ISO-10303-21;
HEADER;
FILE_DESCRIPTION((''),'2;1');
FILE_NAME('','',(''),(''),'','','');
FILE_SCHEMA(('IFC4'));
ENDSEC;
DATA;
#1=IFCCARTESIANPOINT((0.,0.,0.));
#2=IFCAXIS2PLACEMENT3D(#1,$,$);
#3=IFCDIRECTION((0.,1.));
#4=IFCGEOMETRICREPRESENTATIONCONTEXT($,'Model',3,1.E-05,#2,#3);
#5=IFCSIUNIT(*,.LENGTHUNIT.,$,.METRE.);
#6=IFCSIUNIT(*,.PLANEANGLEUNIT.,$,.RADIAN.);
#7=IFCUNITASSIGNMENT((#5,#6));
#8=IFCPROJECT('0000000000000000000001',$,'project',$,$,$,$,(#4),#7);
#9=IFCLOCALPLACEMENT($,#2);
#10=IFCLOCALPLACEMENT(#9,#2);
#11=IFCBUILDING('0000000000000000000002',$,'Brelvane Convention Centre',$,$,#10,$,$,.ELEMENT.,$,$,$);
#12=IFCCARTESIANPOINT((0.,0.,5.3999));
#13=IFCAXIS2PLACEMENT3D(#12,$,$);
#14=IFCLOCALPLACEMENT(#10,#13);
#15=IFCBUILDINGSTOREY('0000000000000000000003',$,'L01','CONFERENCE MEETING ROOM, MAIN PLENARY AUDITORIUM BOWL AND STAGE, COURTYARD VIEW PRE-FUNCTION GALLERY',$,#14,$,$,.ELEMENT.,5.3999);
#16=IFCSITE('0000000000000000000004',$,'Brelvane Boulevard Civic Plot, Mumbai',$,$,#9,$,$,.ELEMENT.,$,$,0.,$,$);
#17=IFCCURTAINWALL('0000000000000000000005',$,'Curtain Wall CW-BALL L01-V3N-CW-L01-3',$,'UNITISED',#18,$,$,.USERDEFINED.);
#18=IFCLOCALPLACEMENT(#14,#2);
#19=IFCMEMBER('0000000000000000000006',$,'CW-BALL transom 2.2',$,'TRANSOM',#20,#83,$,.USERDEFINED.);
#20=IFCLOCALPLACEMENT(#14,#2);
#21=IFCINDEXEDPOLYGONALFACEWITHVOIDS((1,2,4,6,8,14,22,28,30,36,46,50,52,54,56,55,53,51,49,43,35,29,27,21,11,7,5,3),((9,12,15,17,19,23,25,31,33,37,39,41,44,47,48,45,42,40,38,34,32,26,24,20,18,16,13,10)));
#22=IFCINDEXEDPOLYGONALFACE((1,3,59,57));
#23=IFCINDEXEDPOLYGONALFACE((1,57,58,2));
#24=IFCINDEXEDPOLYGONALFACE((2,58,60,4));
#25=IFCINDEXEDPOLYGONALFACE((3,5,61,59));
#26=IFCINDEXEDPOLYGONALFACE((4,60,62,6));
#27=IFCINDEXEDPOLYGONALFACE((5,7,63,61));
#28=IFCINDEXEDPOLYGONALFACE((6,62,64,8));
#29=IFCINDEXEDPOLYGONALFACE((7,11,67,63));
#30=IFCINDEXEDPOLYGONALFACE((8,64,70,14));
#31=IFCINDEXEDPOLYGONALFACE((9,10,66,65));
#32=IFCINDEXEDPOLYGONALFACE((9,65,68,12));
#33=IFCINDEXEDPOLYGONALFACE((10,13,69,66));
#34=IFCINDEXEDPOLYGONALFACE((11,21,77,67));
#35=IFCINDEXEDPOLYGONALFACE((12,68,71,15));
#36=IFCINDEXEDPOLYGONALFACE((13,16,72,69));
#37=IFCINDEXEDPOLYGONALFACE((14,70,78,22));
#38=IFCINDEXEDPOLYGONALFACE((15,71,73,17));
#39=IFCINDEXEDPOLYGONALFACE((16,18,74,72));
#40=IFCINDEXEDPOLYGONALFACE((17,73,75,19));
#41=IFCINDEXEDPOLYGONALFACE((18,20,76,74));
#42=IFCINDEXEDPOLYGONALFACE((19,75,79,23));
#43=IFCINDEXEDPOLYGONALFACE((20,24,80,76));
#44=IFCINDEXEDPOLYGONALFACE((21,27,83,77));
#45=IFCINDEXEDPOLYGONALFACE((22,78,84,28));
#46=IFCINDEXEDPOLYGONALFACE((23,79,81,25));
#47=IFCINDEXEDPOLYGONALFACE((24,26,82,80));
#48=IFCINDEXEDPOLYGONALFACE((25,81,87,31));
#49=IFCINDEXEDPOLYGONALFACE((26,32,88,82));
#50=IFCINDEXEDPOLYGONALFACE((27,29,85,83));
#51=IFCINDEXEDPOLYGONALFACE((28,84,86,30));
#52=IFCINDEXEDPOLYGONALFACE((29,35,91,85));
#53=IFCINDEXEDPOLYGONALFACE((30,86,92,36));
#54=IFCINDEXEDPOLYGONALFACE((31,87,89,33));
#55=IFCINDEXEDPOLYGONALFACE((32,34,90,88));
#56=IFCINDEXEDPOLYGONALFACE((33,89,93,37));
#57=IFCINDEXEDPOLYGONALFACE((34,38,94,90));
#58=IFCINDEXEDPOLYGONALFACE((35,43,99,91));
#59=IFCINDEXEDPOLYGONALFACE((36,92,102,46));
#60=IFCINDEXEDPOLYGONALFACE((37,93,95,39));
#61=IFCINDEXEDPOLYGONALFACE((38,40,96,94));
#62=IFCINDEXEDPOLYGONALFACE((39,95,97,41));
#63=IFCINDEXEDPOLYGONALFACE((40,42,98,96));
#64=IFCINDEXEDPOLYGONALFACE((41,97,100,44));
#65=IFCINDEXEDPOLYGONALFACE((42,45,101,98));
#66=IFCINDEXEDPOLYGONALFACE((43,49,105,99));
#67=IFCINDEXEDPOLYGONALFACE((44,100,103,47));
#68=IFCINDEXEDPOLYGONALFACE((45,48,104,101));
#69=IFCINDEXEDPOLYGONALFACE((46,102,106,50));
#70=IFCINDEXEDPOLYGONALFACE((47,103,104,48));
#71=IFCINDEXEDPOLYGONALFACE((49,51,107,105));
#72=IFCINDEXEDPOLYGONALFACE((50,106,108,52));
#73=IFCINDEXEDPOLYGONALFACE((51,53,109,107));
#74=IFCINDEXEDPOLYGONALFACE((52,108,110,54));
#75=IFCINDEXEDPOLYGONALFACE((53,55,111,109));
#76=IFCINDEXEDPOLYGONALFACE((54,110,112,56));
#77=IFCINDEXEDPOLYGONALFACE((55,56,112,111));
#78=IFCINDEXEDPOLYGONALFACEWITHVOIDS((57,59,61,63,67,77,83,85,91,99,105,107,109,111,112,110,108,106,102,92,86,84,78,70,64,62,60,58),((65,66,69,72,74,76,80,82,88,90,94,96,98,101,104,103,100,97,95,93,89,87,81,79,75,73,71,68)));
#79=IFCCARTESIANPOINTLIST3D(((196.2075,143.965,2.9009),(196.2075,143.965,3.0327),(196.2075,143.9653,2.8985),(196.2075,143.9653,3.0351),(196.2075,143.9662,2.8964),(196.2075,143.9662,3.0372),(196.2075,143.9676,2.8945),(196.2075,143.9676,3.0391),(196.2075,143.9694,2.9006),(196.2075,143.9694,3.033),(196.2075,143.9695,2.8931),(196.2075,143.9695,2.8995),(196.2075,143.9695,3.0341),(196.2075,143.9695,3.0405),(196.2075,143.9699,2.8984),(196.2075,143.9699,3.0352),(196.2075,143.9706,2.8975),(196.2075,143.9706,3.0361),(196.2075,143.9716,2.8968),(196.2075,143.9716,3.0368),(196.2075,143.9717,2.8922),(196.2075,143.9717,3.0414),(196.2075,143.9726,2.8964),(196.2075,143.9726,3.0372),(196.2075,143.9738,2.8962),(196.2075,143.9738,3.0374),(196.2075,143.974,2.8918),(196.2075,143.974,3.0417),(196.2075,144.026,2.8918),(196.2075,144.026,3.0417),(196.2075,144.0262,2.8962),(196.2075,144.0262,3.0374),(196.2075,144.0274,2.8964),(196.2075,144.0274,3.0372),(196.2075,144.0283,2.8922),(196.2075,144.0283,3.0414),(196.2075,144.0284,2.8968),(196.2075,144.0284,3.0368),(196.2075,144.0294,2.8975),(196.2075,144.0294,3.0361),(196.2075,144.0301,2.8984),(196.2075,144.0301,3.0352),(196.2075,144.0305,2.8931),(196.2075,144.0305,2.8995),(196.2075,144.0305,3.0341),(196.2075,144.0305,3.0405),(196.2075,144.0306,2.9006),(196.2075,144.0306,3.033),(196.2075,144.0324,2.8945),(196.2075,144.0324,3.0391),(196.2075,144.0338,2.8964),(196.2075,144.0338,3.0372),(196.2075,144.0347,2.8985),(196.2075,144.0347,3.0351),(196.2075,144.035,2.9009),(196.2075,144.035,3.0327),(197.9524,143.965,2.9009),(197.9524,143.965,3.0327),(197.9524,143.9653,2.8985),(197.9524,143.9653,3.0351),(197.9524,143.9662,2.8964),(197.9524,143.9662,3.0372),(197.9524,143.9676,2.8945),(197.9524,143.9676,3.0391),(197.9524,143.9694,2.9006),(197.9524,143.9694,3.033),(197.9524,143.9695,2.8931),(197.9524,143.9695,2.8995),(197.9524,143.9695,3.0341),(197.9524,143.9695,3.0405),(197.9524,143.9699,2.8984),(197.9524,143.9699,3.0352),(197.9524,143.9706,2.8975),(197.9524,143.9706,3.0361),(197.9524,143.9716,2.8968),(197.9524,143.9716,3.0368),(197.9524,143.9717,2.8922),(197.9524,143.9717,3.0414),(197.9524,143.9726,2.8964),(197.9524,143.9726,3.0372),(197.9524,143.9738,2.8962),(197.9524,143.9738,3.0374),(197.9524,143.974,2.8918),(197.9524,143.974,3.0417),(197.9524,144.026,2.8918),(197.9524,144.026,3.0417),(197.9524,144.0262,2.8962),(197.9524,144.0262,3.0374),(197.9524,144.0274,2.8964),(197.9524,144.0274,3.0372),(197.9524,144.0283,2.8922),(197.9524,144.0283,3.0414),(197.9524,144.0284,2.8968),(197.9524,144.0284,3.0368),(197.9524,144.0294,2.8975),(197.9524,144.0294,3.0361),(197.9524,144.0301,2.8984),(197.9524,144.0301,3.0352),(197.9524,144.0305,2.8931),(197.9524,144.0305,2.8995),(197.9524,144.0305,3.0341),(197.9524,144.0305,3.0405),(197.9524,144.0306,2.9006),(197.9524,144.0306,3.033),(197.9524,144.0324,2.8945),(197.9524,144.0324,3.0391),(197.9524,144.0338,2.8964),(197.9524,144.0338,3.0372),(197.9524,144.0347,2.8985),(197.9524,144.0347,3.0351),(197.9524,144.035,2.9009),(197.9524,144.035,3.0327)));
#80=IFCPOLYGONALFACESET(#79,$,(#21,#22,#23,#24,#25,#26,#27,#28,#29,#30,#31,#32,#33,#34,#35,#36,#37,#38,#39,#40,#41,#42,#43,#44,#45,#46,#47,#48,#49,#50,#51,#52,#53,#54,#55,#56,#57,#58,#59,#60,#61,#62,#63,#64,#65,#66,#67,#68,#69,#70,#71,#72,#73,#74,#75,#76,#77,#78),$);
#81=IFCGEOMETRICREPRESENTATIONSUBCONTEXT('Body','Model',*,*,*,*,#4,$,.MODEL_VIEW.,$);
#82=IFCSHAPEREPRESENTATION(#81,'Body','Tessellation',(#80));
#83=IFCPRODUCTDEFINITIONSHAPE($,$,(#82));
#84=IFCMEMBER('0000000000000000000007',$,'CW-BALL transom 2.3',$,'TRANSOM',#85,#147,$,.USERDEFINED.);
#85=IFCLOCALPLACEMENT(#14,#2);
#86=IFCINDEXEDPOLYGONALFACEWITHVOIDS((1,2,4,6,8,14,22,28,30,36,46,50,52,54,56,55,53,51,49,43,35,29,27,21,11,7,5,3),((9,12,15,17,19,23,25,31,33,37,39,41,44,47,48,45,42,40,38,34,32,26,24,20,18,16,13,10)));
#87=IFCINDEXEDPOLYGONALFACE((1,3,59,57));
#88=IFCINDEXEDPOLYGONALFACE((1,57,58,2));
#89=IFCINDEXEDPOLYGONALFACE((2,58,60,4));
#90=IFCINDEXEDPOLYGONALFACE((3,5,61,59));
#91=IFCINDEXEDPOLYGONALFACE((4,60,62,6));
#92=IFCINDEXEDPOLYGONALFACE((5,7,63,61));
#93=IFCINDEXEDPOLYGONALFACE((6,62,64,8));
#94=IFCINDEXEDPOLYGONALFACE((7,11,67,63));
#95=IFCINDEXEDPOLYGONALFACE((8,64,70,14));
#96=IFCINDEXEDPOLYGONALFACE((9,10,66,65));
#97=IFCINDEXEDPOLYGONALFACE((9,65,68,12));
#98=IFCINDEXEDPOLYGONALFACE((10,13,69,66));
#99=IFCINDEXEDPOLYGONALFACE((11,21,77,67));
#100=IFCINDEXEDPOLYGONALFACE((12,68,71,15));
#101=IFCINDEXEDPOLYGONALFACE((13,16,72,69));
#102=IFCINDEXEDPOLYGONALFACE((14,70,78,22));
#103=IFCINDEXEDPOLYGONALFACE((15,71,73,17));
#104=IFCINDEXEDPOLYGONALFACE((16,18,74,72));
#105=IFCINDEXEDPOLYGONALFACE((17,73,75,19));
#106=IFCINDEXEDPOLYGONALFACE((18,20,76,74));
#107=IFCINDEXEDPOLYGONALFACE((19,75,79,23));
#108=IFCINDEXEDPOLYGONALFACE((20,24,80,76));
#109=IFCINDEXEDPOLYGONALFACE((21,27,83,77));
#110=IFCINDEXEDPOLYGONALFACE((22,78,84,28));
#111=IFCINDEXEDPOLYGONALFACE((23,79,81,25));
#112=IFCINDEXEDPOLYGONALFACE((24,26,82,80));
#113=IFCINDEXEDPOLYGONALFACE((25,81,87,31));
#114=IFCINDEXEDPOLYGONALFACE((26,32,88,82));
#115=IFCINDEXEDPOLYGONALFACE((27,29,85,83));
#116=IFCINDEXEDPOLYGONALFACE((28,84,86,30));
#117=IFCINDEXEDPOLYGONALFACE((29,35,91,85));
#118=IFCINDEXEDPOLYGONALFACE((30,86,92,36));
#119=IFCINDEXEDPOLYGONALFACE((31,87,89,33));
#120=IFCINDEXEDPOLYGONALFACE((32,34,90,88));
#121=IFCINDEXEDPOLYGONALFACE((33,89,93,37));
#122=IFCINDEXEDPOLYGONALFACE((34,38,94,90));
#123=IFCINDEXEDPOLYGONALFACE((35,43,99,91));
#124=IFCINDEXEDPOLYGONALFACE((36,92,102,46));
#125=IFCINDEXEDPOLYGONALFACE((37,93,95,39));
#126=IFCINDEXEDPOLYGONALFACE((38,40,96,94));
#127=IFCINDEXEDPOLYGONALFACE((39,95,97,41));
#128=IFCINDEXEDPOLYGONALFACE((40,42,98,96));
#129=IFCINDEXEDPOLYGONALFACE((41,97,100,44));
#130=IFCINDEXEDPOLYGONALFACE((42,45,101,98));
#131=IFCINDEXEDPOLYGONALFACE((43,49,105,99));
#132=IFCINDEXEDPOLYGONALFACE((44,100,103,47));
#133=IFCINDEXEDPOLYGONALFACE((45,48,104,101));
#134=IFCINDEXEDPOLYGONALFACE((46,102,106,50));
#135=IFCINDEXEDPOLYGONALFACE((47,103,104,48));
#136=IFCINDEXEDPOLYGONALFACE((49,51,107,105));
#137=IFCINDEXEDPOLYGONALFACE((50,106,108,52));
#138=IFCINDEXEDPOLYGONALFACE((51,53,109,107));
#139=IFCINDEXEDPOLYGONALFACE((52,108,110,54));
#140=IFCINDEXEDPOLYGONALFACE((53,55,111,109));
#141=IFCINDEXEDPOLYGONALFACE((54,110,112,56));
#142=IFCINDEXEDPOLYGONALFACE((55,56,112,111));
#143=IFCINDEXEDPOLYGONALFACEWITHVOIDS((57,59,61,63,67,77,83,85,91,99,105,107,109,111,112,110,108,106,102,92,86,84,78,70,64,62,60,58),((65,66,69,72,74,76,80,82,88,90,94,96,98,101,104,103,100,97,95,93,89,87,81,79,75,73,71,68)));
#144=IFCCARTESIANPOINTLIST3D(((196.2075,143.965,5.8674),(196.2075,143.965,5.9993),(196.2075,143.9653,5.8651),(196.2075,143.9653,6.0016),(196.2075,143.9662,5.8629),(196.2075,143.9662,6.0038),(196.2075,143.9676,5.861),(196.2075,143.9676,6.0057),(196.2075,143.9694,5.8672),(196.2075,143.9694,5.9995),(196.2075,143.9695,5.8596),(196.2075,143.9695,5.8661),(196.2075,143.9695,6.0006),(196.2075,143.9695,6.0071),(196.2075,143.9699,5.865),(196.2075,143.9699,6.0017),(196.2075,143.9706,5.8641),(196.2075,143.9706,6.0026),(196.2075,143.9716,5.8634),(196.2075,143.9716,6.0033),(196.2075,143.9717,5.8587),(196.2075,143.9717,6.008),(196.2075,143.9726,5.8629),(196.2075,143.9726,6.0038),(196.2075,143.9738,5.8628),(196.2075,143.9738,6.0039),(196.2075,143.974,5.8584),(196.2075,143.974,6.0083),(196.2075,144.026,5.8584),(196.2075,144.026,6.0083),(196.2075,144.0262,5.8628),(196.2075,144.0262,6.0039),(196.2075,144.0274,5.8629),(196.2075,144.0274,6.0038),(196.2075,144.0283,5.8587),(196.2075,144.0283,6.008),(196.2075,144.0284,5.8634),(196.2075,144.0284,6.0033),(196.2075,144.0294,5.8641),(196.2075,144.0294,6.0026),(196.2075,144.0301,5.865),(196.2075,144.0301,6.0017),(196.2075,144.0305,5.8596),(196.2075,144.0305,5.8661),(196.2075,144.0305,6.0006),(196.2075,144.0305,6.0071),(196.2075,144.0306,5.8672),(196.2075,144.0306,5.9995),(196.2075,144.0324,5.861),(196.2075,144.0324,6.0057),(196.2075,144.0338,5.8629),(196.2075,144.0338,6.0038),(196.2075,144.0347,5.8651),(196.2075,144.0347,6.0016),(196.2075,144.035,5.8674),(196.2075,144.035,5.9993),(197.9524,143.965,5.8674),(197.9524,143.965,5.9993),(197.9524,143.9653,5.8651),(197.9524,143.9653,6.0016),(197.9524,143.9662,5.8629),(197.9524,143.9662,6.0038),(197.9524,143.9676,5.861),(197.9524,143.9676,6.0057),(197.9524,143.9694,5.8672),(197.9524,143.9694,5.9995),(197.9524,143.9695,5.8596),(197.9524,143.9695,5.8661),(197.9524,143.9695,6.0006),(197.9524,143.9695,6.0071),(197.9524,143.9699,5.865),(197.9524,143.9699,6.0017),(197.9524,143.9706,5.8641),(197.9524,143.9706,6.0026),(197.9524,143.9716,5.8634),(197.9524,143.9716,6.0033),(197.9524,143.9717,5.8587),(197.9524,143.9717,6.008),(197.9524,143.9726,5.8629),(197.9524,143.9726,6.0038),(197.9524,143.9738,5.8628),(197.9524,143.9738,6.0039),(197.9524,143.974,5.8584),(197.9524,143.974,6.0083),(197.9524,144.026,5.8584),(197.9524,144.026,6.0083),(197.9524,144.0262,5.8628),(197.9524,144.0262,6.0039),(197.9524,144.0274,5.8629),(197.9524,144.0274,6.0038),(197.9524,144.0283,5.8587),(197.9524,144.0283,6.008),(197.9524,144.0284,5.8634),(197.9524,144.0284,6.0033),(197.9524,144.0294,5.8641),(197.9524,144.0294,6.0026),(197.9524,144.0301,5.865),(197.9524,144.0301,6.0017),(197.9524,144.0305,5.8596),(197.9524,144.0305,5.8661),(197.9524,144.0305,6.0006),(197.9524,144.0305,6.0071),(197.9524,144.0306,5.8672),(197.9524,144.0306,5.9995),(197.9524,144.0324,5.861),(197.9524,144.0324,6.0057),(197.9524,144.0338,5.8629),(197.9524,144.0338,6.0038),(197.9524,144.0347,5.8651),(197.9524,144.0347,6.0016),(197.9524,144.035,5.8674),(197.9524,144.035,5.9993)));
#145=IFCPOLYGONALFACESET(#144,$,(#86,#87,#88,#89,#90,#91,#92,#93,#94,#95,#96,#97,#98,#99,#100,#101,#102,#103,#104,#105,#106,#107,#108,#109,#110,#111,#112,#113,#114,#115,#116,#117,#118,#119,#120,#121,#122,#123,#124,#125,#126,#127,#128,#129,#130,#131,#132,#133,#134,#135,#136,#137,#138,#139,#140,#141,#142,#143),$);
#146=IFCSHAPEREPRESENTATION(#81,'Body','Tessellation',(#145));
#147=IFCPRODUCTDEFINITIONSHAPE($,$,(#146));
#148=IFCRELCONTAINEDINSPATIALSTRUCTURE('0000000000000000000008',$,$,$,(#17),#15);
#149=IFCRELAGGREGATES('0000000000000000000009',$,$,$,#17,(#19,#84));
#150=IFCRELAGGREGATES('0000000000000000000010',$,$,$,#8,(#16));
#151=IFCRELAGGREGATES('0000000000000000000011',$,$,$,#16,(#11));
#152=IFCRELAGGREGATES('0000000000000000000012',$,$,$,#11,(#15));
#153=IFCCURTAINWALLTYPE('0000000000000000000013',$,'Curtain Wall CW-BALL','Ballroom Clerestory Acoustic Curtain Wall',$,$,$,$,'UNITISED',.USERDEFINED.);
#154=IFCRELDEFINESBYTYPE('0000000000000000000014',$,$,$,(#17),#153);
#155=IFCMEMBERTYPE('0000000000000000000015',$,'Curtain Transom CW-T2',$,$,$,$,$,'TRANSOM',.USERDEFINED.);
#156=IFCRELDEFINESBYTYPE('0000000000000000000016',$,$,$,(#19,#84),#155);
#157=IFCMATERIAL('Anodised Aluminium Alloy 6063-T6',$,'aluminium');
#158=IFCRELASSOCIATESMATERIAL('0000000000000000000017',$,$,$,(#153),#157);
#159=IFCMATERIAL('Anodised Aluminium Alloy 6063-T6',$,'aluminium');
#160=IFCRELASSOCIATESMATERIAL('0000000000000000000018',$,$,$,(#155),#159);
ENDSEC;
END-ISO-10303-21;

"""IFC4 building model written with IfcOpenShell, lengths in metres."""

from ifc_helpers import new_model, si_unit, direction, frame, origin, origin_2d, place, context, subcontext, project, spatial, hollow_rectangle, extrude, material, material_profile, profile_set, type_object, element, aggregate, save


model = new_model("IFC4")

# Units and contexts
model_context = context("Model", 3, precision=1e-05, world=origin(), true_north=direction((0.0, 1.0)))
body_context = subcontext(model_context, "Body", "Model", "MODEL_VIEW")
ifc_project = project(units=[si_unit("LENGTHUNIT", "METRE"), si_unit("PLANEANGLEUNIT", "RADIAN")], contexts=[model_context])

# Site, building, storey
site_placement = place(None, origin())
site = spatial("IfcSite", under=ifc_project, at=site_placement, Name="Brelvane Boulevard Civic Plot, Mumbai", CompositionType="ELEMENT", RefElevation=0.0)
building_placement = place(site_placement, origin())
building = spatial("IfcBuilding", under=site, at=building_placement, Name="Brelvane Convention Centre", CompositionType="ELEMENT")
storey_placement = place(building_placement, frame((0.0, 0.0, 5.3999)))
storey = spatial("IfcBuildingStorey", under=building, at=storey_placement, Name="L01", Description="CONFERENCE MEETING ROOM, MAIN PLENARY AUDITORIUM BOWL AND STAGE, COURTYARD VIEW PRE-FUNCTION GALLERY", CompositionType="ELEMENT", Elevation=5.3999)

# Shared definitions
ifc_material_1 = material(Name="Anodised Aluminium Alloy 6063-T6", Category="aluminium")
curtain_wall_type = type_object("IfcCurtainWallType", Name="Curtain Wall CW-BALL", Description="Ballroom Clerestory Acoustic Curtain Wall", ElementType="UNITISED", PredefinedType="USERDEFINED", material=ifc_material_1)

# Curtain wall, members
curtain_wall_1_placement = place(storey_placement, origin())
curtain_wall_1 = element("IfcCurtainWall", 1, at=curtain_wall_1_placement, inside=storey, type_object=curtain_wall_type, Name="Curtain Wall CW-BALL L01-V3N-CW-L01-3", ObjectType="UNITISED", PredefinedType="USERDEFINED")
ifc_material_2 = material(Name="Anodised Aluminium Alloy 6063-T6", Category="aluminium")
ifc_material_profile_1 = material_profile(ifc_material_2, hollow_rectangle(XDim=0.0701, YDim=0.1499, WallThickness=0.0044, InnerFilletRadius=0.0044, OuterFilletRadius=0.009, at=origin_2d()), Name="ALU-T 150x70x4.5")
ifc_profile_set_1 = profile_set([ifc_material_profile_1], Name="Anodised Aluminium Alloy 6063-T6")
member_type_1 = type_object("IfcMemberType", Name="Curtain Transom CW-T2", ElementType="TRANSOM", PredefinedType="USERDEFINED", material=ifc_profile_set_1)
member_1_placement = place(storey_placement, frame((196.2075, 144.0, 2.9668), z_axis=(1.0, 0.0, 0.0), x_axis=(0.0, 1.0, 0.0)))
member_1 = element("IfcMember", 2, at=member_1_placement, type_object=member_type_1, Name="CW-BALL transom 2.2", ObjectType="TRANSOM", PredefinedType="USERDEFINED", context=body_context, shape_type="SweptSolid", body=[
    extrude(hollow_rectangle(XDim=0.0701, YDim=0.1499, WallThickness=0.0044, InnerFilletRadius=0.0044, OuterFilletRadius=0.009, at=origin_2d()), origin(), (0.0, 0.0, 1.0), 1.7449),
])
member_2_placement = place(storey_placement, frame((196.2075, 144.0, 5.9333), z_axis=(1.0, 0.0, 0.0), x_axis=(0.0, 1.0, 0.0)))
member_2 = element("IfcMember", 3, at=member_2_placement, type_object=member_type_1, Name="CW-BALL transom 2.3", ObjectType="TRANSOM", PredefinedType="USERDEFINED", context=body_context, shape_type="SweptSolid", body=[
    extrude(hollow_rectangle(XDim=0.0701, YDim=0.1499, WallThickness=0.0044, InnerFilletRadius=0.0044, OuterFilletRadius=0.009, at=origin_2d()), origin(), (0.0, 0.0, 1.0), 1.7449),
])
aggregate(curtain_wall_1, [member_1, member_2])

save(model, "model.ifc")
